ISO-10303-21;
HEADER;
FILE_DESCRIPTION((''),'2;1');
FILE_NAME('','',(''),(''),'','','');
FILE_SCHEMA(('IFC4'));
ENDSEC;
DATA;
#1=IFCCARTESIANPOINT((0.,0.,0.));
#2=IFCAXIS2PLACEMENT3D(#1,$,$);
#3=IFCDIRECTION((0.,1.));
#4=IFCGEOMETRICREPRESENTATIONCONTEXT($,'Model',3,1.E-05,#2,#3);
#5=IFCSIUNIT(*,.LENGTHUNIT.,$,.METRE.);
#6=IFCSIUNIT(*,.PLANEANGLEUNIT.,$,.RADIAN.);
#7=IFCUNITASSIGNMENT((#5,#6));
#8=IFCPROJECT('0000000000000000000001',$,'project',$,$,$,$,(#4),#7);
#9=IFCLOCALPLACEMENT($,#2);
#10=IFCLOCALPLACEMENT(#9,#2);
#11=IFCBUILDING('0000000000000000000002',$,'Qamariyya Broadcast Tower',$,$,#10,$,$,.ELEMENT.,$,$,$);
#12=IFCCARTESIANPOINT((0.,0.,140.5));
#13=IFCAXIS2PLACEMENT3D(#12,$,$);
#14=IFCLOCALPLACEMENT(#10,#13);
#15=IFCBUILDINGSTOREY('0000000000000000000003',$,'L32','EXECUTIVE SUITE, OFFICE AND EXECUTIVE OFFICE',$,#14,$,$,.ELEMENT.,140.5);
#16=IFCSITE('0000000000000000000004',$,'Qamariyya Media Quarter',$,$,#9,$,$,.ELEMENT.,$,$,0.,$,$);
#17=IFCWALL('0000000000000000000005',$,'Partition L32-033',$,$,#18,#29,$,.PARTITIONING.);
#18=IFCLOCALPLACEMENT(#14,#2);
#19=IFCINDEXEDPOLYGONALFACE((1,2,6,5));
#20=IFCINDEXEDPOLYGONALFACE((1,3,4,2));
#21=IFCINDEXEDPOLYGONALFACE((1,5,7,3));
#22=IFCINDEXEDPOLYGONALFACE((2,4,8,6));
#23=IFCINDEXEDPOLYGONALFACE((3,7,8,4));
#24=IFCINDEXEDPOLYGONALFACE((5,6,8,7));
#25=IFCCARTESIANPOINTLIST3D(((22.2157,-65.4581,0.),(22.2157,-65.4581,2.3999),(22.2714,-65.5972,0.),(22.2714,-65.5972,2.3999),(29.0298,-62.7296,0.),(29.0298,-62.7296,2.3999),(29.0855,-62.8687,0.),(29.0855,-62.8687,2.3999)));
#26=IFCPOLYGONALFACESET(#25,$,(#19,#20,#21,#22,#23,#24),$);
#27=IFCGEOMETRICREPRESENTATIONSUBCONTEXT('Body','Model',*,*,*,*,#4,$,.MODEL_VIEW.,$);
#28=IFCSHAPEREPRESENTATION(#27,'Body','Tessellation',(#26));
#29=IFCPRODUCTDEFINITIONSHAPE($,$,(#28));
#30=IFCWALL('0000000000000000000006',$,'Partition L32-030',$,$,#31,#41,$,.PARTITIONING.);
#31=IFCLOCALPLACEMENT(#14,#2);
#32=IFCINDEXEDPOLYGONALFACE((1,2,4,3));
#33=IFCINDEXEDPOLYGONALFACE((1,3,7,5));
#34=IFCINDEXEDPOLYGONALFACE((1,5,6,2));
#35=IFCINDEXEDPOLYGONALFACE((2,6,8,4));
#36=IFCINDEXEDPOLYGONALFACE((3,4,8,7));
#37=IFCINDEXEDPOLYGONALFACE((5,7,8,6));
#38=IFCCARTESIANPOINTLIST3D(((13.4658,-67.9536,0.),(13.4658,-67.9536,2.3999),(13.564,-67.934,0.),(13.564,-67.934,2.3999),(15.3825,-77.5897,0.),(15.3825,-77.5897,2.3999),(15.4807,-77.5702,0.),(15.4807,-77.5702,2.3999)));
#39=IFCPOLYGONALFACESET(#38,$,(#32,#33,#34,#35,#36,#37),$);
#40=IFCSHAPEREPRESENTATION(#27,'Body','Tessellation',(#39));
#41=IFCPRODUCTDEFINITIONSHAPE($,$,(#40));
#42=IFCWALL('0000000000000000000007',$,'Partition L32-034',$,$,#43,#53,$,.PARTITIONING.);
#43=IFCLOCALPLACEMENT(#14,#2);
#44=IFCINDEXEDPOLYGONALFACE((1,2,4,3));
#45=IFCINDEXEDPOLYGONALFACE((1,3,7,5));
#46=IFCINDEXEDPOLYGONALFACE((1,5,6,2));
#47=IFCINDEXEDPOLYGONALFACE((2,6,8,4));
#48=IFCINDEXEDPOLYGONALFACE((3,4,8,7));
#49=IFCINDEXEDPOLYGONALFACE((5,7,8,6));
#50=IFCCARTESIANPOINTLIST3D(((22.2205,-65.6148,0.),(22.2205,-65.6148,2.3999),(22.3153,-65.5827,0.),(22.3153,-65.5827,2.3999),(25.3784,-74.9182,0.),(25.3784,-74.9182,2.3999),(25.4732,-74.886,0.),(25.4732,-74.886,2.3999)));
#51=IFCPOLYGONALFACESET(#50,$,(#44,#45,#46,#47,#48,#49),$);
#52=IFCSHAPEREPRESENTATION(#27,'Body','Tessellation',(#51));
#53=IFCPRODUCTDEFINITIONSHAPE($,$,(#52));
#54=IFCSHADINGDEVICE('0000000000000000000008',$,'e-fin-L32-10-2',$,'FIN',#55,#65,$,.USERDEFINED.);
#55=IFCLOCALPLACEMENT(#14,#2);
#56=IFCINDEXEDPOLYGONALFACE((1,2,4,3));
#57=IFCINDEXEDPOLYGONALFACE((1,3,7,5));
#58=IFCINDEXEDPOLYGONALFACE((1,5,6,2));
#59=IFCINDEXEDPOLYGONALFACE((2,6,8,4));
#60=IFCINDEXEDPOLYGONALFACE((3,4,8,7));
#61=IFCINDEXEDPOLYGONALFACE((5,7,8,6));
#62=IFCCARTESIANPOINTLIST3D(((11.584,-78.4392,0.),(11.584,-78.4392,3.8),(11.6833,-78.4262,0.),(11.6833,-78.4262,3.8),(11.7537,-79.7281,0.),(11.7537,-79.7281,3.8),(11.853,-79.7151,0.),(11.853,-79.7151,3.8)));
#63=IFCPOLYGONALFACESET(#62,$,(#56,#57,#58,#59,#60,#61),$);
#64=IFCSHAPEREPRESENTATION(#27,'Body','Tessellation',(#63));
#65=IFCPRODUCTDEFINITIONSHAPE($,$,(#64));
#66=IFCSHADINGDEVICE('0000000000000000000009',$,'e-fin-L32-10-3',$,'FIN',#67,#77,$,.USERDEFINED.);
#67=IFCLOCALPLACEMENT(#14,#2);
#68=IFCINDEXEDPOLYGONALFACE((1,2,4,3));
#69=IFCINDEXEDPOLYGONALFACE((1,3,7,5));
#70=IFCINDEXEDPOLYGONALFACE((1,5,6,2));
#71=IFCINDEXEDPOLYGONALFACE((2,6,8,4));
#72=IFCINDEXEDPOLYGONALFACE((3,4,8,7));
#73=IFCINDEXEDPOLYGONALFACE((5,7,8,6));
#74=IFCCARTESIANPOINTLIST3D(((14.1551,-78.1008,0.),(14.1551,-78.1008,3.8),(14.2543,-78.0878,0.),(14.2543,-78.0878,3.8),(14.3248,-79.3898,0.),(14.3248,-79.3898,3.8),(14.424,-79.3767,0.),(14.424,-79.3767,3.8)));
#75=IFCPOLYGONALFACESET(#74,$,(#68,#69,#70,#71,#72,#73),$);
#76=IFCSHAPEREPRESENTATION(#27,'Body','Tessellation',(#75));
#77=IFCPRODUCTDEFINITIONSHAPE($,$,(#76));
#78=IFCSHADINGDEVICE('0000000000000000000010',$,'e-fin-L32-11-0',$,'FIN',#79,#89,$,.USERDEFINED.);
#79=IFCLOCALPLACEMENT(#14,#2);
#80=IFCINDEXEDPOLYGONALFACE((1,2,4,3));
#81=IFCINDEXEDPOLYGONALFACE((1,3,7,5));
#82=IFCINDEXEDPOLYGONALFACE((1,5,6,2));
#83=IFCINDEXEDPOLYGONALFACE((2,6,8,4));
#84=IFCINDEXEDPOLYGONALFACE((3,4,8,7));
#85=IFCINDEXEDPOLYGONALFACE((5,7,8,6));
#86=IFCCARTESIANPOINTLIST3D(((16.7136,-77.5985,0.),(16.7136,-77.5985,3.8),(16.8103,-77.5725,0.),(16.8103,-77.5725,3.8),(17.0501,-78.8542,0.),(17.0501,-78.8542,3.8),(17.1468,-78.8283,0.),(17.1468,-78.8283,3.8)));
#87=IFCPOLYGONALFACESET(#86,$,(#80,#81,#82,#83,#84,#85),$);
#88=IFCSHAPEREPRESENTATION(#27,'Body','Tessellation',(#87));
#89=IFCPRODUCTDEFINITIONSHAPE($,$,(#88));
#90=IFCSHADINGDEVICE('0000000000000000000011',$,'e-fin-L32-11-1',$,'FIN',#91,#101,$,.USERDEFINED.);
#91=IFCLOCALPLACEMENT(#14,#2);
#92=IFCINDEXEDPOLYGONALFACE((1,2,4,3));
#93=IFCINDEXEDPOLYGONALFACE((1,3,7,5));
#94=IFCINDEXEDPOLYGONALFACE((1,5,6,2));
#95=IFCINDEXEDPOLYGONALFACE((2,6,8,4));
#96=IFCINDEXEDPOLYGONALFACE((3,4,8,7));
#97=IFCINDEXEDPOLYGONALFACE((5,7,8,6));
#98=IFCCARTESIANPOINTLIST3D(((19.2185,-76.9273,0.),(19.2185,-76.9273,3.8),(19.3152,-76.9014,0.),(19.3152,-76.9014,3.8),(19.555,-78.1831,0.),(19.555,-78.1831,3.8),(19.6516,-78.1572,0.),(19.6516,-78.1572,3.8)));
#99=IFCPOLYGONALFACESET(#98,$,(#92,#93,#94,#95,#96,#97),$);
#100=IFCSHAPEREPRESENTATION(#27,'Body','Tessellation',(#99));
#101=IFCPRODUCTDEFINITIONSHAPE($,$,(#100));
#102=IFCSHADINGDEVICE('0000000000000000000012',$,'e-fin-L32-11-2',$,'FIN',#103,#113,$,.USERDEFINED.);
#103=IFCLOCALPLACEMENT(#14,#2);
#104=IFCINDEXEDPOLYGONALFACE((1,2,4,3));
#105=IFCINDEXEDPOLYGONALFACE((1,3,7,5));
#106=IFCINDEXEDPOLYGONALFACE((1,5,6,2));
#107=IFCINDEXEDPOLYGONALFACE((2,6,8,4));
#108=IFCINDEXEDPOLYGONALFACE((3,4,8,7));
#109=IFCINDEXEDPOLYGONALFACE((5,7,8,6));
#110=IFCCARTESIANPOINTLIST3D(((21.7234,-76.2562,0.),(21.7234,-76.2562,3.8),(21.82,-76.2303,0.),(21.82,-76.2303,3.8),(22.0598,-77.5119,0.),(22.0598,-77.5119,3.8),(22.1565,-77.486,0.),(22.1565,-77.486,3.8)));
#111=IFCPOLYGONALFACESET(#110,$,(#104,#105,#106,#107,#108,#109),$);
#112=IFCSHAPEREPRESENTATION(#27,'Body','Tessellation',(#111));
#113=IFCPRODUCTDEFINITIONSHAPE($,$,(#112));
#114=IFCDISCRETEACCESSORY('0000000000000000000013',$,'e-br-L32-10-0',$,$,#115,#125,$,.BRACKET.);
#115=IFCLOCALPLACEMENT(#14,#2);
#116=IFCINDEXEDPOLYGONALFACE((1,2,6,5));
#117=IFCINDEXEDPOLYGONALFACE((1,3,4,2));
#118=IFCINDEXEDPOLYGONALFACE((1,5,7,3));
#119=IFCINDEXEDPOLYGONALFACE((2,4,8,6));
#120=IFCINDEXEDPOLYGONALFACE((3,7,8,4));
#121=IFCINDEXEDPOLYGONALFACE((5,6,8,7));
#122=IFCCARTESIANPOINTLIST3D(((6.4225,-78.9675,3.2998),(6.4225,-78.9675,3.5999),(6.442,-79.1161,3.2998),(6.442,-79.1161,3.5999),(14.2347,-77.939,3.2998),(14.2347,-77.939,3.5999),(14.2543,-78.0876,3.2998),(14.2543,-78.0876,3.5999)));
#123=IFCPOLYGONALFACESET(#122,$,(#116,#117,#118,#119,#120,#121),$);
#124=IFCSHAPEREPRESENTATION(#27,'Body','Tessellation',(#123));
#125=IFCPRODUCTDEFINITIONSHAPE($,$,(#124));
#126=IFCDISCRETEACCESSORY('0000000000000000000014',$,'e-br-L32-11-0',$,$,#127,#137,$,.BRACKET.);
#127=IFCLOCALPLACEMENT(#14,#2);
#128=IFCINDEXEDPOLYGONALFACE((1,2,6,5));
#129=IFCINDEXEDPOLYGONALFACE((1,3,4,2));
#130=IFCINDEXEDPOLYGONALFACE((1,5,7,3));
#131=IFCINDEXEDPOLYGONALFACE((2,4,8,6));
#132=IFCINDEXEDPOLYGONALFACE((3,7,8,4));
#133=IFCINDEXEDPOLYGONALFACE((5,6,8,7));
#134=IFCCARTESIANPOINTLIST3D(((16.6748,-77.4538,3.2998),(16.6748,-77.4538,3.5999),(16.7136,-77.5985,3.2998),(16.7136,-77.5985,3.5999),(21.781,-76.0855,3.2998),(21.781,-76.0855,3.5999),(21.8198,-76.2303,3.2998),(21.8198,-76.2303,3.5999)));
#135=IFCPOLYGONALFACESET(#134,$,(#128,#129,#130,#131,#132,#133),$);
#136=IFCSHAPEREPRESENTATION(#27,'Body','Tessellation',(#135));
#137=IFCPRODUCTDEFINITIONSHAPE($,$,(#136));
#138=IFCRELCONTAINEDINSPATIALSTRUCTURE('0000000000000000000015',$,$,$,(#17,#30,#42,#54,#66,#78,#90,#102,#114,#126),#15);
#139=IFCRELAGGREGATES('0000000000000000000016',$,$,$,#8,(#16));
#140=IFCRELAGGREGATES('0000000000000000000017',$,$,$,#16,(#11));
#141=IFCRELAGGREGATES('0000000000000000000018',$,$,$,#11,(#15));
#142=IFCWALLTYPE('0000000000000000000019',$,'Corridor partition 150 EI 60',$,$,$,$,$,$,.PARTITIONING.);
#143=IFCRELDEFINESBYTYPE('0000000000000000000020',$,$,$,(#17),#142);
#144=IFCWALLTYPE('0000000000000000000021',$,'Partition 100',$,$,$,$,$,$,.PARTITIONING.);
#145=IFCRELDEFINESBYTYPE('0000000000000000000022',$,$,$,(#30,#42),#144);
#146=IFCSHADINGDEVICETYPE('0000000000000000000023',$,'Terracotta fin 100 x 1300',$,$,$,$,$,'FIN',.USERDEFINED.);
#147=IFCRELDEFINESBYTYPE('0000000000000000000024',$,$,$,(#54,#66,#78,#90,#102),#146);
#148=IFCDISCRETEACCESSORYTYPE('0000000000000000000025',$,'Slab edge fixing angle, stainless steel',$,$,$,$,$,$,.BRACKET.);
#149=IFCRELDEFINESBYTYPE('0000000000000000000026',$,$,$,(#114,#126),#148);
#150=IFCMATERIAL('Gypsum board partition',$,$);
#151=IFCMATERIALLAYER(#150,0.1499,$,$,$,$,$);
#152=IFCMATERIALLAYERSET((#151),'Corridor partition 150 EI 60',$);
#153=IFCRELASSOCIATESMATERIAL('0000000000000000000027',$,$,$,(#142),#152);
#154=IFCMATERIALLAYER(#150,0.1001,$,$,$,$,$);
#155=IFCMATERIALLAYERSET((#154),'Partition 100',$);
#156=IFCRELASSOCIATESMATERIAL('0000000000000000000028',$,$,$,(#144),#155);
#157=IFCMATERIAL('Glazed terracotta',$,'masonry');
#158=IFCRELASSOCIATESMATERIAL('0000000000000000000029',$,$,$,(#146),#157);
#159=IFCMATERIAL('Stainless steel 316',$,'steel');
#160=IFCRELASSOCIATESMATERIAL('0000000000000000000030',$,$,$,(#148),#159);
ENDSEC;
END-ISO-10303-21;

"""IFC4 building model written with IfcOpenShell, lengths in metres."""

from ifc_helpers import new_model, si_unit, direction, frame, frame_2d, origin, origin_2d, place, context, subcontext, project, spatial, rectangle, extrude, material, layer, layer_set, material_profile, profile_set, type_object, element, save


model = new_model("IFC4")

# Units and contexts
model_context = context("Model", 3, precision=1e-05, world=origin(), true_north=direction((0.0, 1.0)))
body_context = subcontext(model_context, "Body", "Model", "MODEL_VIEW")
ifc_project = project(units=[si_unit("LENGTHUNIT", "METRE"), si_unit("PLANEANGLEUNIT", "RADIAN")], contexts=[model_context])

# Site, building, storey
site_placement = place(None, origin())
site = spatial("IfcSite", under=ifc_project, at=site_placement, Name="Qamariyya Media Quarter", CompositionType="ELEMENT", RefElevation=0.0)
building_placement = place(site_placement, origin())
building = spatial("IfcBuilding", under=site, at=building_placement, Name="Qamariyya Broadcast Tower", CompositionType="ELEMENT")
storey_placement = place(building_placement, frame((0.0, 0.0, 140.5)))
storey = spatial("IfcBuildingStorey", under=building, at=storey_placement, Name="L32", Description="EXECUTIVE SUITE, OFFICE AND EXECUTIVE OFFICE", CompositionType="ELEMENT", Elevation=140.5)

# Shared definitions
ifc_material_1 = material(Name="Gypsum board partition")
ifc_layer_1 = layer(ifc_material_1, 0.1499)
ifc_layer_set_1 = layer_set([ifc_layer_1], Name="Corridor partition 150 EI 60")
wall_type_1 = type_object("IfcWallType", Name="Corridor partition 150 EI 60", PredefinedType="PARTITIONING", material=ifc_layer_set_1)

# Walls
wall_1_placement = place(storey_placement, frame((22.2437, -65.5276, 0.0), z_axis=(0.0, 0.0, 1.0), x_axis=(0.928344, 0.371723, 0.0)))
element("IfcWall", 1, at=wall_1_placement, inside=storey, type_object=wall_type_1, Name="Partition L32-033", PredefinedType="PARTITIONING", context=body_context, shape_type="SweptSolid", body=[
    extrude(rectangle(XDim=7.3401, YDim=0.1499, at=frame_2d((3.6699, 0.0))), origin(), (0.0, 0.0, 1.0), 2.3999),
])
ifc_layer_2 = layer(ifc_material_1, 0.1001)
ifc_layer_set_2 = layer_set([ifc_layer_2], Name="Partition 100")
wall_type_2 = type_object("IfcWallType", Name="Partition 100", PredefinedType="PARTITIONING", material=ifc_layer_set_2)
wall_2_placement = place(storey_placement, frame((15.4316, -77.5801, 0.0), z_axis=(0.0, 0.0, 1.0), x_axis=(-0.195089, 0.980786, 0.0)))
element("IfcWall", 2, at=wall_2_placement, inside=storey, type_object=wall_type_2, Name="Partition L32-030", PredefinedType="PARTITIONING", context=body_context, shape_type="SweptSolid", body=[
    extrude(rectangle(XDim=9.825, YDim=0.1001, at=frame_2d((4.9126, 0.0))), origin(), (0.0, 0.0, 1.0), 2.3999),
])
wall_3_placement = place(storey_placement, frame((25.4258, -74.9021, 0.0), z_axis=(0.0, 0.0, 1.0), x_axis=(-0.321426, 0.946935, 0.0)))
element("IfcWall", 3, at=wall_3_placement, inside=storey, type_object=wall_type_2, Name="Partition L32-034", PredefinedType="PARTITIONING", context=body_context, shape_type="SweptSolid", body=[
    extrude(rectangle(XDim=9.8247, YDim=0.1001, at=frame_2d((4.9124, 0.0))), origin(), (0.0, 0.0, 1.0), 2.3999),
])

# Shading devices
ifc_material_2 = material(Name="Glazed terracotta", Category="masonry")
ifc_material_profile_1 = material_profile(ifc_material_2, rectangle(XDim=1.3, YDim=0.1001, at=origin_2d()))
ifc_profile_set_1 = profile_set([ifc_material_profile_1], Name="Glazed terracotta")
shading_device_type_1 = type_object("IfcShadingDeviceType", Name="Terracotta fin 100 x 1300", ElementType="FIN", PredefinedType="USERDEFINED", material=ifc_profile_set_1)
for number, where, z_axis, x_axis, name in (
    (4, (11.7185, -79.0771, 0.0), (0.0, 0.0, 1.0), (0.130526, -0.991445, 0.0), "e-fin-L32-10-2"),
    (5, (14.2896, -78.7388, 0.0), (0.0, 0.0, 1.0), (0.130526, -0.991445, 0.0), "e-fin-L32-10-3"),
    (6, (16.9302, -78.2134, 0.0), (0.0, 0.0, 1.0), (0.258819, -0.965926, 0.0), "e-fin-L32-11-0"),
    (7, (19.4351, -77.5422, 0.0), (0.0, 0.0, 1.0), (0.258819, -0.965926, 0.0), "e-fin-L32-11-1"),
    (8, (21.9399, -76.8711, 0.0), (0.0, 0.0, 1.0), (0.258819, -0.965926, 0.0), "e-fin-L32-11-2"),
):
    element("IfcShadingDevice", number, at=place(storey_placement, frame(where, z_axis=z_axis, x_axis=x_axis)), inside=storey, type_object=shading_device_type_1, Name=name, ObjectType="FIN", PredefinedType="USERDEFINED", context=body_context, shape_type="SweptSolid", body=[
        extrude(rectangle(XDim=1.3, YDim=0.1001, at=origin_2d()), origin(), (0.0, 0.0, 1.0), 3.8),
    ])

# Discrete accessories
ifc_material_3 = material(Name="Stainless steel 316", Category="steel")
discrete_accessory_type = type_object("IfcDiscreteAccessoryType", Name="Slab edge fixing angle, stainless steel", PredefinedType="BRACKET", material=ifc_material_3)
discrete_accessory_1_placement = place(storey_placement, frame((10.3384, -78.5276, 3.2998), z_axis=(0.0, 0.0, 1.0), x_axis=(0.991445, 0.130526, 0.0)))
element("IfcDiscreteAccessory", 9, at=discrete_accessory_1_placement, inside=storey, type_object=discrete_accessory_type, Name="e-br-L32-10-0", PredefinedType="BRACKET", context=body_context, shape_type="SweptSolid", body=[
    extrude(rectangle(XDim=7.8796, YDim=0.1499, at=origin_2d()), origin(), (0.0, 0.0, 1.0), 0.3),
])
discrete_accessory_2_placement = place(storey_placement, frame((19.2473, -76.842, 3.2998), z_axis=(0.0, 0.0, 1.0), x_axis=(0.965926, 0.258819, 0.0)))
element("IfcDiscreteAccessory", 10, at=discrete_accessory_2_placement, inside=storey, type_object=discrete_accessory_type, Name="e-br-L32-11-0", PredefinedType="BRACKET", context=body_context, shape_type="SweptSolid", body=[
    extrude(rectangle(XDim=5.2864, YDim=0.1499, at=origin_2d()), origin(), (0.0, 0.0, 1.0), 0.3),
])

save(model, "model.ifc")
